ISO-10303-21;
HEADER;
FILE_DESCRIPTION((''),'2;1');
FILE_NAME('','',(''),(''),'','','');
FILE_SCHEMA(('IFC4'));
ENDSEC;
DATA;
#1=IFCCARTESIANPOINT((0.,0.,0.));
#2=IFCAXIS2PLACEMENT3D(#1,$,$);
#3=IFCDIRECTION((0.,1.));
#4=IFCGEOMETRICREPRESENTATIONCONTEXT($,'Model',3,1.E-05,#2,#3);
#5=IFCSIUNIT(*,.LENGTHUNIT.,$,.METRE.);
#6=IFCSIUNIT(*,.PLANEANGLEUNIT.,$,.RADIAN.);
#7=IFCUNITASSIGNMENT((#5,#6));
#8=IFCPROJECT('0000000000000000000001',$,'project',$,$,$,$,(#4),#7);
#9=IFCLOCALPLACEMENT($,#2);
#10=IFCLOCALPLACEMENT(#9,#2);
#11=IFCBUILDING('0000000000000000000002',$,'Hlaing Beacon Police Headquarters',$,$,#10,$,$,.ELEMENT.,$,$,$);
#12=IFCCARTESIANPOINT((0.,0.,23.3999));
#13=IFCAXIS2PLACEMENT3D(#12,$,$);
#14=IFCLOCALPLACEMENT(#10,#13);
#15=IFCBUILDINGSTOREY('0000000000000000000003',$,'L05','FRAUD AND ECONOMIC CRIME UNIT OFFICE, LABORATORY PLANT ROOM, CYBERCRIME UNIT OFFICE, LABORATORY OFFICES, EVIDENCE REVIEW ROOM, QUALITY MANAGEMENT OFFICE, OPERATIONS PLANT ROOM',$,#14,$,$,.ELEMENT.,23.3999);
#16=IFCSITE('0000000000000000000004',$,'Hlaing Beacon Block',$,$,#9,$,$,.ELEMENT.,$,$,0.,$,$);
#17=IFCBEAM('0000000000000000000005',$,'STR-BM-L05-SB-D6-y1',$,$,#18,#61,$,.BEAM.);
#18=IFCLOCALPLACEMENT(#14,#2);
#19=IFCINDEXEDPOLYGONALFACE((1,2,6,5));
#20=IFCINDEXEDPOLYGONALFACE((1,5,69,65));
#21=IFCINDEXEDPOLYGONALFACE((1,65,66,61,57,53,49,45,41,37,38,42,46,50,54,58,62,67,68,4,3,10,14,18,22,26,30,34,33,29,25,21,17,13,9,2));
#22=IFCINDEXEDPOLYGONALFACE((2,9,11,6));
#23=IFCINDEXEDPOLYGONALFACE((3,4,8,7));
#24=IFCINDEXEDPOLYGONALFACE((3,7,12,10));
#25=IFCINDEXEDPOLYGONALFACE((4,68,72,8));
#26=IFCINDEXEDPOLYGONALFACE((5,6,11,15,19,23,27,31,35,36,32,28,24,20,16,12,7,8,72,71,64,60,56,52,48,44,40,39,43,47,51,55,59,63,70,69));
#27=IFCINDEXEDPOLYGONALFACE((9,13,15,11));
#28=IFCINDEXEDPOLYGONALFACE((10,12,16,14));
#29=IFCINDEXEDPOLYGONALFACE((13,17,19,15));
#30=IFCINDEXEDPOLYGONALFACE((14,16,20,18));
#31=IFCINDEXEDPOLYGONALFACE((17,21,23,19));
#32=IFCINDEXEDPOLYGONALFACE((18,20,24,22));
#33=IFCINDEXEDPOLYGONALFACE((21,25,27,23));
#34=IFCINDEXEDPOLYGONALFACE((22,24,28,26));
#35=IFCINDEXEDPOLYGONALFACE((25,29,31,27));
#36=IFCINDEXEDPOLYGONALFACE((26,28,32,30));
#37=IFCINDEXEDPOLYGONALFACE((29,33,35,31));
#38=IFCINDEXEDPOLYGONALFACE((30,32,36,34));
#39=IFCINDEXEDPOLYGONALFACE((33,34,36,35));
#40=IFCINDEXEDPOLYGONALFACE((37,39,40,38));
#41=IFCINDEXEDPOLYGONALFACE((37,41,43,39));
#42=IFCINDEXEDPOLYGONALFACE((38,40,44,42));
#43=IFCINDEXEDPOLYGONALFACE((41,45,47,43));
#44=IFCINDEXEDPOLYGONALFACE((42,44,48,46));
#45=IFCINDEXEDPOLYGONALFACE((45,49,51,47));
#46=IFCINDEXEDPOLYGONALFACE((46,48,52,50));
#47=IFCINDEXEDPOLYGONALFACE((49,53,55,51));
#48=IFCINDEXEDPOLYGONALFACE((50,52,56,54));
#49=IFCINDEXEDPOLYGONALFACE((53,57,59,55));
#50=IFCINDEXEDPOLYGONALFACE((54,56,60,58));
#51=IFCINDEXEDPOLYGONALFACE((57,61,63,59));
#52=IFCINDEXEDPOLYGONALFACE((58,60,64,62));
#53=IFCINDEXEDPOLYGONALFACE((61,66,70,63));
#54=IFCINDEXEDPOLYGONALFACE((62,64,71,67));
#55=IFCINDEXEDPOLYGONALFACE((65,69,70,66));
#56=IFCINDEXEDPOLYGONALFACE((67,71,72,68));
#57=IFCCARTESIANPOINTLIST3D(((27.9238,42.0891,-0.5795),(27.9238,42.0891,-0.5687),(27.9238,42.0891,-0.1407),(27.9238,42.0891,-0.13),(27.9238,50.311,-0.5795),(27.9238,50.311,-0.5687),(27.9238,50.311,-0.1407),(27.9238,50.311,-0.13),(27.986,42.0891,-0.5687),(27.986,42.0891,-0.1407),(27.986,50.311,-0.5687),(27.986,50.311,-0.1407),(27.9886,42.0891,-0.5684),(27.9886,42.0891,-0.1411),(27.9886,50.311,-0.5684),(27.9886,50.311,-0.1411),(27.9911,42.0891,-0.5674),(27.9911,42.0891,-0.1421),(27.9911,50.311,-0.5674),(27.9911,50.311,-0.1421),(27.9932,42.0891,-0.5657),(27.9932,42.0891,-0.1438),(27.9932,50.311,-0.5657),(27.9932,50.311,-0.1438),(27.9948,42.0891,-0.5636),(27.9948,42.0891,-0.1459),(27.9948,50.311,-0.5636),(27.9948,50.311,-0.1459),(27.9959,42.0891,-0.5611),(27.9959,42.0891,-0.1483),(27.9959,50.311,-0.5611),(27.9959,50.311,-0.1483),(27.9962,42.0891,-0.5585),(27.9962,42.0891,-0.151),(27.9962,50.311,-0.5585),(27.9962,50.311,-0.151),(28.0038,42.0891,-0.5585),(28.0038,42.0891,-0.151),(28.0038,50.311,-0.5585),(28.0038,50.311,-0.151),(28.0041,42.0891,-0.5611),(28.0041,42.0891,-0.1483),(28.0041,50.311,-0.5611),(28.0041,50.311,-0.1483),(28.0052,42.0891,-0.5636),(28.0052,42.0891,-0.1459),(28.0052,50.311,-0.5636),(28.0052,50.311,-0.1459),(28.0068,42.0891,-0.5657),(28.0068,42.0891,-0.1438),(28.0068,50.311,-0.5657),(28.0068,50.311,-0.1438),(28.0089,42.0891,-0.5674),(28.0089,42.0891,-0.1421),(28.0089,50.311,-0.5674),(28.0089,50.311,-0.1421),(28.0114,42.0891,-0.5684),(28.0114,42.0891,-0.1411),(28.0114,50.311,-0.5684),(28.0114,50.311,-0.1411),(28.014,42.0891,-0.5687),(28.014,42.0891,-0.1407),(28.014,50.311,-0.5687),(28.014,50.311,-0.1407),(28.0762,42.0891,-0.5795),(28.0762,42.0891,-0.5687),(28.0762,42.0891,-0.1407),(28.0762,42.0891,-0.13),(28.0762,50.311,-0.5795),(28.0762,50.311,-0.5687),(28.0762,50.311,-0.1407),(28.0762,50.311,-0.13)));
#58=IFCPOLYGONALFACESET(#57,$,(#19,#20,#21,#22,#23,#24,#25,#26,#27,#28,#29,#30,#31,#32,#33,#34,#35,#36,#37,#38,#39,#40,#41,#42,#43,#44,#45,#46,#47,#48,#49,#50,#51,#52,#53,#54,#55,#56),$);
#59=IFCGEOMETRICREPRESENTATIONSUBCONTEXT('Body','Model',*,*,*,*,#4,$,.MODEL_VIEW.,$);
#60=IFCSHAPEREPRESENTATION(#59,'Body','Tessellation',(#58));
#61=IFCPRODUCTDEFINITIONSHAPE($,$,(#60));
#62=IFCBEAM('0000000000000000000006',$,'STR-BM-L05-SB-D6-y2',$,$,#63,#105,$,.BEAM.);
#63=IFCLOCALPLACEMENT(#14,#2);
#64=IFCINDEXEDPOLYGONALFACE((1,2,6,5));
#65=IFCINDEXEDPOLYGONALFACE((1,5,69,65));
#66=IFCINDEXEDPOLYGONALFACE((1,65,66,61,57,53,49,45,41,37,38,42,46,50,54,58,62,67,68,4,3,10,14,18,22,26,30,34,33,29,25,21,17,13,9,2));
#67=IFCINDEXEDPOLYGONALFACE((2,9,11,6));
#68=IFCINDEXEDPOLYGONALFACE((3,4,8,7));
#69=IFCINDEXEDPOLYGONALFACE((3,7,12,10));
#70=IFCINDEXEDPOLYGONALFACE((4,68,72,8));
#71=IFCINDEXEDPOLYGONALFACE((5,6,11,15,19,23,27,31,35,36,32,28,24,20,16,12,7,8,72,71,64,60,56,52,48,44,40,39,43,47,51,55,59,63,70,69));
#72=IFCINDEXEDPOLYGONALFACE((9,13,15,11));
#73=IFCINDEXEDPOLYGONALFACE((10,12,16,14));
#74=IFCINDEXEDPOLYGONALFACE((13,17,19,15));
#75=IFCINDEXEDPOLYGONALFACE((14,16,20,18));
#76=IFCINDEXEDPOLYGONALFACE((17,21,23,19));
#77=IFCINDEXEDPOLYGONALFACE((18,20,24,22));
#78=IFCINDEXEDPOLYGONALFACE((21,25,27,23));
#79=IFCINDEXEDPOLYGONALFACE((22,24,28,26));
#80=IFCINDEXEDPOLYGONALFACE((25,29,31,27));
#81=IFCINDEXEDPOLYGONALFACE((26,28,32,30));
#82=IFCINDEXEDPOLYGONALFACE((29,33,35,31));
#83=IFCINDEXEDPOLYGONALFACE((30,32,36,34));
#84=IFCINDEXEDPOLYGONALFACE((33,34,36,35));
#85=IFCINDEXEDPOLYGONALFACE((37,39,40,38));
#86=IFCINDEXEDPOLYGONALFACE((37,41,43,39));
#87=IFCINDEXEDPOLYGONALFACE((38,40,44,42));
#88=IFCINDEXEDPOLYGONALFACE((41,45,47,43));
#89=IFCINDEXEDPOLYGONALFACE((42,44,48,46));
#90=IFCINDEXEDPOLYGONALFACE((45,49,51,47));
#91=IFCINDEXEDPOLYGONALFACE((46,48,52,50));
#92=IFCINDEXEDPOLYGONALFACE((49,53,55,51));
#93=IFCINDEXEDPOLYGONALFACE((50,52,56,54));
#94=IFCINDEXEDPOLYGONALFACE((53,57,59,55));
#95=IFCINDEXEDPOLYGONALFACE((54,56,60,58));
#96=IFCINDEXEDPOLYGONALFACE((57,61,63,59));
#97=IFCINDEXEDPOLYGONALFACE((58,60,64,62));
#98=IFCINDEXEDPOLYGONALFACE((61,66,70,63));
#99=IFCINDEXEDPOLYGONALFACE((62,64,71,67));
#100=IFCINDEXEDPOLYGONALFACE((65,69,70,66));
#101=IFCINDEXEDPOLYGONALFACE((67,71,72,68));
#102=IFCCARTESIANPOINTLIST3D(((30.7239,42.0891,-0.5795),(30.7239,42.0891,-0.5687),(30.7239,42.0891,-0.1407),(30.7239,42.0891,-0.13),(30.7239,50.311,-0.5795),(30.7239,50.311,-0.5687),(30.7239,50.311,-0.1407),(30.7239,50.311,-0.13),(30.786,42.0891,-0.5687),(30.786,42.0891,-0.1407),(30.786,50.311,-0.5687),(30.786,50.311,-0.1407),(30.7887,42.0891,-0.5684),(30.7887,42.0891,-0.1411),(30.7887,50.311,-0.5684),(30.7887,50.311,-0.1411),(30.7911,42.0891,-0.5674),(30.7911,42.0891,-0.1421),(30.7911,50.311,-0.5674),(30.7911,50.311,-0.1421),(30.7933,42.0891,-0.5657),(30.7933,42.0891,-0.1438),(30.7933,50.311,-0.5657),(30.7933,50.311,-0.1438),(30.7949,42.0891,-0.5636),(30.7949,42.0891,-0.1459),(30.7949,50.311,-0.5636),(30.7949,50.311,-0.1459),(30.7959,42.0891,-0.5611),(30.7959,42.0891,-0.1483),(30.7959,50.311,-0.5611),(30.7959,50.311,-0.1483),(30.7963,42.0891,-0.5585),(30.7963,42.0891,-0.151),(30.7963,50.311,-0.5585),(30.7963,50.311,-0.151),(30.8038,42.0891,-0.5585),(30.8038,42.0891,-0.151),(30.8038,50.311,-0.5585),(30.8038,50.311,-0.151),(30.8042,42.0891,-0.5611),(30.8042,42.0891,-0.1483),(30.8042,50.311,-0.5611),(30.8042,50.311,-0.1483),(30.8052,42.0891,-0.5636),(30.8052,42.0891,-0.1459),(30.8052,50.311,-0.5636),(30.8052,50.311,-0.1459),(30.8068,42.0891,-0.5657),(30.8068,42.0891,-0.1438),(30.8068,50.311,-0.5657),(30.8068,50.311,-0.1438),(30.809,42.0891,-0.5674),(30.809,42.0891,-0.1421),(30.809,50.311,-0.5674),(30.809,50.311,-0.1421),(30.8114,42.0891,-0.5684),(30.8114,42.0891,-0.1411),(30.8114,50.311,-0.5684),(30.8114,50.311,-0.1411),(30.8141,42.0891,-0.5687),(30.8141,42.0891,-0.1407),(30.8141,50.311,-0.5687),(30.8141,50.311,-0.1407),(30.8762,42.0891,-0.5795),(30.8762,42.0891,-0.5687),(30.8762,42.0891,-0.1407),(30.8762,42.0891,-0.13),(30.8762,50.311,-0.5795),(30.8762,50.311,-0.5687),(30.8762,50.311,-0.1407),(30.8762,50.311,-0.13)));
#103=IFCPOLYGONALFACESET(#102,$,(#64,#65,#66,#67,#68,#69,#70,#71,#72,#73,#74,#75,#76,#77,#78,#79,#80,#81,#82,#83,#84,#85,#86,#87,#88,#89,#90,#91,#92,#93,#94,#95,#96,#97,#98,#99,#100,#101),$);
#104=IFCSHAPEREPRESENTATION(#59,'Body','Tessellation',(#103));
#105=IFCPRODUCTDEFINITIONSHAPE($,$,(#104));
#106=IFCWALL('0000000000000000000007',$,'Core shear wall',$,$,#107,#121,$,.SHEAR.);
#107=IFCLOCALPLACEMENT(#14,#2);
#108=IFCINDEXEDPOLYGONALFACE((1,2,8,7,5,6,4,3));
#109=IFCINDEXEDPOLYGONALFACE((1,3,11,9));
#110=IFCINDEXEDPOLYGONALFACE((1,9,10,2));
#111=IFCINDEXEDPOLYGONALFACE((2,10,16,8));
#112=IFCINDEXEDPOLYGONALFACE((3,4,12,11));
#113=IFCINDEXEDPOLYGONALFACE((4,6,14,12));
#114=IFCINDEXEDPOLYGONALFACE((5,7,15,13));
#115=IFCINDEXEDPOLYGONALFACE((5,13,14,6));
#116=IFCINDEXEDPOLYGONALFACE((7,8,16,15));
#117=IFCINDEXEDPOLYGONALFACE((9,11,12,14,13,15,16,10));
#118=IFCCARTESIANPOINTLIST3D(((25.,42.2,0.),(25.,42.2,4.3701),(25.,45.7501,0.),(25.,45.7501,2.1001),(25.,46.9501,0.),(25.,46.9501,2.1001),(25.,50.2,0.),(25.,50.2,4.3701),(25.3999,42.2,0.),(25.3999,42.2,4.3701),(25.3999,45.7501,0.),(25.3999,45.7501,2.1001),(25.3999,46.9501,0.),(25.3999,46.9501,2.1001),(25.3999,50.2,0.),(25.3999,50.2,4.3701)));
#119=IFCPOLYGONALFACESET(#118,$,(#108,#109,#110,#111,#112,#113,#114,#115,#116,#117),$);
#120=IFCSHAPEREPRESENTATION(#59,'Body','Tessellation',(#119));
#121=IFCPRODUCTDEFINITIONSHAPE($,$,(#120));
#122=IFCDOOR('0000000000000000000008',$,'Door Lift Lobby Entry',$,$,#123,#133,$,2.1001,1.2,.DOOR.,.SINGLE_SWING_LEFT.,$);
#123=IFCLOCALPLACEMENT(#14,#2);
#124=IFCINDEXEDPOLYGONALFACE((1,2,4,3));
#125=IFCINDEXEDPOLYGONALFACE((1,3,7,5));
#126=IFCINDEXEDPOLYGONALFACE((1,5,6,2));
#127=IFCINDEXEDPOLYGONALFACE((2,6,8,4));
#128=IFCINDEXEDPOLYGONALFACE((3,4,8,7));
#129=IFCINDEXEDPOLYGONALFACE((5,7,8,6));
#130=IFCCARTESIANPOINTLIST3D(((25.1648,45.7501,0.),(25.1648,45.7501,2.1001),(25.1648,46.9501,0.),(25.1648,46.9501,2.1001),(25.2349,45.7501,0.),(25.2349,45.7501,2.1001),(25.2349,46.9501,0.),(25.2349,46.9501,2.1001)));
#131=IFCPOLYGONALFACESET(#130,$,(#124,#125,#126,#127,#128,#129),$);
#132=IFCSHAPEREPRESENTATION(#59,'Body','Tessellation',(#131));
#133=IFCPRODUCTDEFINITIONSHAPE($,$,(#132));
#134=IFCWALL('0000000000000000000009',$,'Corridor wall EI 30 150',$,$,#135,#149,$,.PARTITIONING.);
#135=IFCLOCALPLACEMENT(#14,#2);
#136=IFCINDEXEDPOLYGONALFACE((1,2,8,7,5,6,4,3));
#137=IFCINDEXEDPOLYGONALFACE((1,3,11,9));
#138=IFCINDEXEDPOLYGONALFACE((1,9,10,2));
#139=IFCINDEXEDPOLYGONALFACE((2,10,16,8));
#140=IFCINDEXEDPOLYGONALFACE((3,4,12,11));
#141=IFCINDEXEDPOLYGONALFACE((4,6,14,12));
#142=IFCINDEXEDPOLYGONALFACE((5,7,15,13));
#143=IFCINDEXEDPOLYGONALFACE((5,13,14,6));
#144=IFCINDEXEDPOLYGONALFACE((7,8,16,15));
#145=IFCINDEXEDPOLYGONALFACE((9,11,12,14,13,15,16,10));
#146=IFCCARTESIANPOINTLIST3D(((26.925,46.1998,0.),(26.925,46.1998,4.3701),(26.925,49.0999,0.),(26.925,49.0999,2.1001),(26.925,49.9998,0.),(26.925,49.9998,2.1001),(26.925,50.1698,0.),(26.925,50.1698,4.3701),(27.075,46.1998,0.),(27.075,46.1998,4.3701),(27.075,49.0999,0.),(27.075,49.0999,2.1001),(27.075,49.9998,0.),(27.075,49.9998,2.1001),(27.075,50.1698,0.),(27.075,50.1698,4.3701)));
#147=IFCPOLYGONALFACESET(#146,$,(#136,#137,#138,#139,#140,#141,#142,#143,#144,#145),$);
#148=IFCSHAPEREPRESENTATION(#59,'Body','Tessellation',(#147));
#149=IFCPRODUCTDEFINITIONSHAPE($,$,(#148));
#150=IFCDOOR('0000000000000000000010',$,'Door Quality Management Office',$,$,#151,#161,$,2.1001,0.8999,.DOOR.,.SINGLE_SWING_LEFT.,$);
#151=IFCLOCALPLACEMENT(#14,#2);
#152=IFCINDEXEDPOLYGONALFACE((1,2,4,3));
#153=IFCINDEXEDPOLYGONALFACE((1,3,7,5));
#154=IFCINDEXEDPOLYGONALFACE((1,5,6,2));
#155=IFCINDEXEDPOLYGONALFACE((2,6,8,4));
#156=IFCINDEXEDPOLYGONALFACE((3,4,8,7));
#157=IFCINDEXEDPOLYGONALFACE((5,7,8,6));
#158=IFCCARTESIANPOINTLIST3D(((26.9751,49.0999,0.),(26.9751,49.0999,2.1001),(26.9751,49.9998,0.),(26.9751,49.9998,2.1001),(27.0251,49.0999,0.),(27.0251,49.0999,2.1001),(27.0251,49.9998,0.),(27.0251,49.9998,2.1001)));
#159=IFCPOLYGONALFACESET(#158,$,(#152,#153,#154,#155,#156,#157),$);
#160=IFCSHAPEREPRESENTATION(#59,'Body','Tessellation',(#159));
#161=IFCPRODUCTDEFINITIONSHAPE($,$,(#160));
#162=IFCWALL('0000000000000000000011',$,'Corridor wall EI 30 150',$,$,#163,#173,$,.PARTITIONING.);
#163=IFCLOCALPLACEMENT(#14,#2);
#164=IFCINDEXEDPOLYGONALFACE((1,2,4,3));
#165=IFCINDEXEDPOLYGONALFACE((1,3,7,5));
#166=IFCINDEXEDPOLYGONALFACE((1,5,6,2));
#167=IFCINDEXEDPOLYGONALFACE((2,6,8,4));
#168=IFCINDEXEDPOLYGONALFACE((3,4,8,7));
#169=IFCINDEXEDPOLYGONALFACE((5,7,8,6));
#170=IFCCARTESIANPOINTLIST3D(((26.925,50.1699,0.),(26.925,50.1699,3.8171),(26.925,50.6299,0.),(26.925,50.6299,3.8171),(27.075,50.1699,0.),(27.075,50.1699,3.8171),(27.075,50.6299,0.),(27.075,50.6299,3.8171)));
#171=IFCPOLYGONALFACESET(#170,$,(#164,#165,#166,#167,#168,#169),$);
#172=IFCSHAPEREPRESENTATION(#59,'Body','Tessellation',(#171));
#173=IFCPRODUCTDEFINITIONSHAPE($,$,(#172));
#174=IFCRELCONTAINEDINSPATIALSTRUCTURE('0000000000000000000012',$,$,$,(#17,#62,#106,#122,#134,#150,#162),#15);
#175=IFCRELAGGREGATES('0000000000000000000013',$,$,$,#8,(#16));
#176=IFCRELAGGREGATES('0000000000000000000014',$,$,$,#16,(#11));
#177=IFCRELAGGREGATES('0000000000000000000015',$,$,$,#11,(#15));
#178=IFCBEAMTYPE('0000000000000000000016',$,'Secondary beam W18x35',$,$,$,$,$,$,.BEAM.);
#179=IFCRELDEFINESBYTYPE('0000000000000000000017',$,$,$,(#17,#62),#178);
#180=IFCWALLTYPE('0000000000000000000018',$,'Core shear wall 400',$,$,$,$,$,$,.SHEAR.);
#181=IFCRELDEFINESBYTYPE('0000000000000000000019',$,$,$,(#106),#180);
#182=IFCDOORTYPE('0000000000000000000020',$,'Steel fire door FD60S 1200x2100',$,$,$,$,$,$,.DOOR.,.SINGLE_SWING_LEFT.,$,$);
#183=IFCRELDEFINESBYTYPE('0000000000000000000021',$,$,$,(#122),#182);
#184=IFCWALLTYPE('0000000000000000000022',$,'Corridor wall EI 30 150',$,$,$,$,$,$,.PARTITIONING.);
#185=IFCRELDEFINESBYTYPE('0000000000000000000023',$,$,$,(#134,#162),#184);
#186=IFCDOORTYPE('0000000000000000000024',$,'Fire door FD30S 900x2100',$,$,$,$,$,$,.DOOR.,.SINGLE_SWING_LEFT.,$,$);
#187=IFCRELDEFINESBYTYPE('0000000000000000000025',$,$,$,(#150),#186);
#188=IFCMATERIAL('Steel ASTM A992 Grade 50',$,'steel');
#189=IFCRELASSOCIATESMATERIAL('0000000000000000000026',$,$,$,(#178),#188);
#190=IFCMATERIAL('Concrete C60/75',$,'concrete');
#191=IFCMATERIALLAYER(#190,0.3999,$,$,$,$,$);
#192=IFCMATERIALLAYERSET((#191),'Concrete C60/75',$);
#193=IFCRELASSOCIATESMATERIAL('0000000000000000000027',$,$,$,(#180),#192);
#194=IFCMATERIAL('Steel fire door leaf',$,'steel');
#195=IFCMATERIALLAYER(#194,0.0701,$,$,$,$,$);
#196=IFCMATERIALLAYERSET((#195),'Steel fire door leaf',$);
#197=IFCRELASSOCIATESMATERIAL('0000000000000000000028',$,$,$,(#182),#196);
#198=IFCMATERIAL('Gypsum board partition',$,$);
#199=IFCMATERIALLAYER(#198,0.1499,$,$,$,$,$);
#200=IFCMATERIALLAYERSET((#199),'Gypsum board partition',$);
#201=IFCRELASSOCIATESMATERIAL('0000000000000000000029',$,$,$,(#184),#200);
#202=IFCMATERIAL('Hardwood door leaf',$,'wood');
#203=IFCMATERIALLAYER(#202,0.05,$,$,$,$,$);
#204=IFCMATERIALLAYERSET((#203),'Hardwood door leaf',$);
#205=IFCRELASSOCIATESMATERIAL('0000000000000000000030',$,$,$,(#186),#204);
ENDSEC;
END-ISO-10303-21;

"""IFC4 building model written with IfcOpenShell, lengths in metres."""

from ifc_helpers import new_model, si_unit, direction, frame, frame_2d, origin, origin_2d, place, context, subcontext, project, spatial, rectangle, i_section, extrude, material, layer, layer_set, material_profile, profile_set, type_object, element, fill, save


model = new_model("IFC4")

# Units and contexts
model_context = context("Model", 3, precision=1e-05, world=origin(), true_north=direction((0.0, 1.0)))
body_context = subcontext(model_context, "Body", "Model", "MODEL_VIEW")
ifc_project = project(units=[si_unit("LENGTHUNIT", "METRE"), si_unit("PLANEANGLEUNIT", "RADIAN")], contexts=[model_context])

# Site, building, storey
site_placement = place(None, origin())
site = spatial("IfcSite", under=ifc_project, at=site_placement, Name="Hlaing Beacon Block", CompositionType="ELEMENT", RefElevation=0.0)
building_placement = place(site_placement, origin())
building = spatial("IfcBuilding", under=site, at=building_placement, Name="Hlaing Beacon Police Headquarters", CompositionType="ELEMENT")
storey_placement = place(building_placement, frame((0.0, 0.0, 23.3999)))
storey = spatial("IfcBuildingStorey", under=building, at=storey_placement, Name="L05", Description="FRAUD AND ECONOMIC CRIME UNIT OFFICE, LABORATORY PLANT ROOM, CYBERCRIME UNIT OFFICE, LABORATORY OFFICES, EVIDENCE REVIEW ROOM, QUALITY MANAGEMENT OFFICE, OPERATIONS PLANT ROOM", CompositionType="ELEMENT", Elevation=23.3999)

# Beams
ifc_material_1 = material(Name="Steel ASTM A992 Grade 50", Category="steel")
ifc_material_profile_1 = material_profile(ifc_material_1, i_section(OverallWidth=0.1523, OverallDepth=0.4495, WebThickness=0.0076, FlangeThickness=0.0107, FilletRadius=0.0103, at=origin_2d()), Name="W18x35")
ifc_profile_set_1 = profile_set([ifc_material_profile_1], Name="Steel ASTM A992 Grade 50")
beam_type_1 = type_object("IfcBeamType", Name="Secondary beam W18x35", PredefinedType="BEAM", material=ifc_profile_set_1)
for number, where, z_axis, x_axis, name in (
    (1, (28.0, 42.0891, -0.3547), (0.0, 1.0, 0.0), (-1.0, 0.0, 0.0), "STR-BM-L05-SB-D6-y1"),
    (2, (30.8, 42.0891, -0.3547), (0.0, 1.0, 0.0), (-1.0, 0.0, 0.0), "STR-BM-L05-SB-D6-y2"),
):
    element("IfcBeam", number, at=place(storey_placement, frame(where, z_axis=z_axis, x_axis=x_axis)), inside=storey, type_object=beam_type_1, Name=name, PredefinedType="BEAM", context=body_context, shape_type="SweptSolid", body=[
        extrude(i_section(OverallWidth=0.1523, OverallDepth=0.4495, WebThickness=0.0076, FlangeThickness=0.0107, FilletRadius=0.0103, at=origin_2d()), origin(), (0.0, 0.0, 1.0), 8.2219),
    ])

# Walls, openings, doors
ifc_material_2 = material(Name="Concrete C60/75", Category="concrete")
ifc_layer_1 = layer(ifc_material_2, 0.3999)
ifc_layer_set_1 = layer_set([ifc_layer_1], Name="Concrete C60/75")
wall_type_1 = type_object("IfcWallType", Name="Core shear wall 400", PredefinedType="SHEAR", material=ifc_layer_set_1)
wall_1_placement = place(storey_placement, frame((25.2, 42.2, 0.0), z_axis=(0.0, 0.0, 1.0), x_axis=(0.0, 1.0, 0.0)))
wall_1 = element("IfcWall", 3, at=wall_1_placement, inside=storey, type_object=wall_type_1, Name="Core shear wall", PredefinedType="SHEAR", context=body_context, shape_type="SweptSolid", body=[
    extrude(rectangle(XDim=8.0, YDim=0.3999, at=frame_2d((4.0, 0.0))), origin(), (0.0, 0.0, 1.0), 4.3701),
])
opening_1_placement = place(wall_1_placement, frame((3.55, 0.0, 0.0)))
opening_1 = element("IfcOpeningElement", 4, at=opening_1_placement, cuts=wall_1, PredefinedType="OPENING", context=body_context, shape_type="SweptSolid", body=[
    extrude(rectangle(XDim=1.2, YDim=2.1001, at=frame_2d((0.6001, 1.05))), frame((0.0, 0.21, 0.0), z_axis=(0.0, -1.0, 0.0), x_axis=(1.0, 0.0, 0.0)), (0.0, 0.0, 1.0), 0.4199),
])
ifc_material_3 = material(Name="Steel fire door leaf", Category="steel")
ifc_layer_2 = layer(ifc_material_3, 0.0701)
ifc_layer_set_2 = layer_set([ifc_layer_2], Name="Steel fire door leaf")
door_type_1 = type_object("IfcDoorType", Name="Steel fire door FD60S 1200x2100", OperationType="SINGLE_SWING_LEFT", PredefinedType="DOOR", material=ifc_layer_set_2)
door_1_placement = place(opening_1_placement, origin())
door_1 = element("IfcDoor", 5, at=door_1_placement, inside=storey, type_object=door_type_1, Name="Door Lift Lobby Entry", OperationType="SINGLE_SWING_LEFT", OverallHeight=2.1001, OverallWidth=1.2, PredefinedType="DOOR", context=body_context, shape_type="SweptSolid", body=[
    extrude(rectangle(XDim=1.2, YDim=2.1001, at=frame_2d((0.6001, 1.05))), frame((0.0, 0.0352, 0.0), z_axis=(0.0, -1.0, 0.0), x_axis=(1.0, 0.0, 0.0)), (0.0, 0.0, 1.0), 0.0701),
])
fill(opening_1, door_1)
ifc_material_4 = material(Name="Gypsum board partition")
ifc_layer_3 = layer(ifc_material_4, 0.1499)
ifc_layer_set_3 = layer_set([ifc_layer_3], Name="Gypsum board partition")
wall_type_2 = type_object("IfcWallType", Name="Corridor wall EI 30 150", PredefinedType="PARTITIONING", material=ifc_layer_set_3)
wall_2_placement = place(storey_placement, frame((27.0, 46.2, 0.0), z_axis=(0.0, 0.0, 1.0), x_axis=(0.0, 1.0, 0.0)))
wall_2 = element("IfcWall", 6, at=wall_2_placement, inside=storey, type_object=wall_type_2, Name="Corridor wall EI 30 150", PredefinedType="PARTITIONING", context=body_context, shape_type="SweptSolid", body=[
    extrude(rectangle(XDim=3.97, YDim=0.1499, at=frame_2d((1.9849, 0.0))), origin(), (0.0, 0.0, 1.0), 4.3701),
])
opening_2_placement = place(wall_2_placement, frame((2.8999, 0.0, 0.0)))
opening_2 = element("IfcOpeningElement", 7, at=opening_2_placement, cuts=wall_2, PredefinedType="OPENING", context=body_context, shape_type="SweptSolid", body=[
    extrude(rectangle(XDim=0.8999, YDim=2.1001, at=frame_2d((0.45, 1.05))), frame((0.0, 0.085, 0.0), z_axis=(0.0, -1.0, 0.0), x_axis=(1.0, 0.0, 0.0)), (0.0, 0.0, 1.0), 0.1699),
])
ifc_material_5 = material(Name="Hardwood door leaf", Category="wood")
ifc_layer_4 = layer(ifc_material_5, 0.05)
ifc_layer_set_4 = layer_set([ifc_layer_4], Name="Hardwood door leaf")
door_type_2 = type_object("IfcDoorType", Name="Fire door FD30S 900x2100", OperationType="SINGLE_SWING_LEFT", PredefinedType="DOOR", material=ifc_layer_set_4)
door_2_placement = place(opening_2_placement, frame((0.8999, 0.0, 0.0), z_axis=(0.0, 0.0, 1.0), x_axis=(-1.0, 0.0, 0.0)))
door_2 = element("IfcDoor", 8, at=door_2_placement, inside=storey, type_object=door_type_2, Name="Door Quality Management Office", OperationType="SINGLE_SWING_LEFT", OverallHeight=2.1001, OverallWidth=0.8999, PredefinedType="DOOR", context=body_context, shape_type="SweptSolid", body=[
    extrude(rectangle(XDim=0.8999, YDim=2.1001, at=frame_2d((0.45, 1.05))), frame((0.0, 0.0251, 0.0), z_axis=(0.0, -1.0, 0.0), x_axis=(1.0, 0.0, 0.0)), (0.0, 0.0, 1.0), 0.05),
])
fill(opening_2, door_2)

# Wall
wall_3_placement = place(storey_placement, frame((27.0, 50.1699, 0.0), z_axis=(0.0, 0.0, 1.0), x_axis=(0.0, 1.0, 0.0)))
element("IfcWall", 9, at=wall_3_placement, inside=storey, type_object=wall_type_2, Name="Corridor wall EI 30 150", PredefinedType="PARTITIONING", context=body_context, shape_type="SweptSolid", body=[
    extrude(rectangle(XDim=0.46, YDim=0.1499, at=frame_2d((0.23, 0.0))), origin(), (0.0, 0.0, 1.0), 3.8171),
])

save(model, "model.ifc")
